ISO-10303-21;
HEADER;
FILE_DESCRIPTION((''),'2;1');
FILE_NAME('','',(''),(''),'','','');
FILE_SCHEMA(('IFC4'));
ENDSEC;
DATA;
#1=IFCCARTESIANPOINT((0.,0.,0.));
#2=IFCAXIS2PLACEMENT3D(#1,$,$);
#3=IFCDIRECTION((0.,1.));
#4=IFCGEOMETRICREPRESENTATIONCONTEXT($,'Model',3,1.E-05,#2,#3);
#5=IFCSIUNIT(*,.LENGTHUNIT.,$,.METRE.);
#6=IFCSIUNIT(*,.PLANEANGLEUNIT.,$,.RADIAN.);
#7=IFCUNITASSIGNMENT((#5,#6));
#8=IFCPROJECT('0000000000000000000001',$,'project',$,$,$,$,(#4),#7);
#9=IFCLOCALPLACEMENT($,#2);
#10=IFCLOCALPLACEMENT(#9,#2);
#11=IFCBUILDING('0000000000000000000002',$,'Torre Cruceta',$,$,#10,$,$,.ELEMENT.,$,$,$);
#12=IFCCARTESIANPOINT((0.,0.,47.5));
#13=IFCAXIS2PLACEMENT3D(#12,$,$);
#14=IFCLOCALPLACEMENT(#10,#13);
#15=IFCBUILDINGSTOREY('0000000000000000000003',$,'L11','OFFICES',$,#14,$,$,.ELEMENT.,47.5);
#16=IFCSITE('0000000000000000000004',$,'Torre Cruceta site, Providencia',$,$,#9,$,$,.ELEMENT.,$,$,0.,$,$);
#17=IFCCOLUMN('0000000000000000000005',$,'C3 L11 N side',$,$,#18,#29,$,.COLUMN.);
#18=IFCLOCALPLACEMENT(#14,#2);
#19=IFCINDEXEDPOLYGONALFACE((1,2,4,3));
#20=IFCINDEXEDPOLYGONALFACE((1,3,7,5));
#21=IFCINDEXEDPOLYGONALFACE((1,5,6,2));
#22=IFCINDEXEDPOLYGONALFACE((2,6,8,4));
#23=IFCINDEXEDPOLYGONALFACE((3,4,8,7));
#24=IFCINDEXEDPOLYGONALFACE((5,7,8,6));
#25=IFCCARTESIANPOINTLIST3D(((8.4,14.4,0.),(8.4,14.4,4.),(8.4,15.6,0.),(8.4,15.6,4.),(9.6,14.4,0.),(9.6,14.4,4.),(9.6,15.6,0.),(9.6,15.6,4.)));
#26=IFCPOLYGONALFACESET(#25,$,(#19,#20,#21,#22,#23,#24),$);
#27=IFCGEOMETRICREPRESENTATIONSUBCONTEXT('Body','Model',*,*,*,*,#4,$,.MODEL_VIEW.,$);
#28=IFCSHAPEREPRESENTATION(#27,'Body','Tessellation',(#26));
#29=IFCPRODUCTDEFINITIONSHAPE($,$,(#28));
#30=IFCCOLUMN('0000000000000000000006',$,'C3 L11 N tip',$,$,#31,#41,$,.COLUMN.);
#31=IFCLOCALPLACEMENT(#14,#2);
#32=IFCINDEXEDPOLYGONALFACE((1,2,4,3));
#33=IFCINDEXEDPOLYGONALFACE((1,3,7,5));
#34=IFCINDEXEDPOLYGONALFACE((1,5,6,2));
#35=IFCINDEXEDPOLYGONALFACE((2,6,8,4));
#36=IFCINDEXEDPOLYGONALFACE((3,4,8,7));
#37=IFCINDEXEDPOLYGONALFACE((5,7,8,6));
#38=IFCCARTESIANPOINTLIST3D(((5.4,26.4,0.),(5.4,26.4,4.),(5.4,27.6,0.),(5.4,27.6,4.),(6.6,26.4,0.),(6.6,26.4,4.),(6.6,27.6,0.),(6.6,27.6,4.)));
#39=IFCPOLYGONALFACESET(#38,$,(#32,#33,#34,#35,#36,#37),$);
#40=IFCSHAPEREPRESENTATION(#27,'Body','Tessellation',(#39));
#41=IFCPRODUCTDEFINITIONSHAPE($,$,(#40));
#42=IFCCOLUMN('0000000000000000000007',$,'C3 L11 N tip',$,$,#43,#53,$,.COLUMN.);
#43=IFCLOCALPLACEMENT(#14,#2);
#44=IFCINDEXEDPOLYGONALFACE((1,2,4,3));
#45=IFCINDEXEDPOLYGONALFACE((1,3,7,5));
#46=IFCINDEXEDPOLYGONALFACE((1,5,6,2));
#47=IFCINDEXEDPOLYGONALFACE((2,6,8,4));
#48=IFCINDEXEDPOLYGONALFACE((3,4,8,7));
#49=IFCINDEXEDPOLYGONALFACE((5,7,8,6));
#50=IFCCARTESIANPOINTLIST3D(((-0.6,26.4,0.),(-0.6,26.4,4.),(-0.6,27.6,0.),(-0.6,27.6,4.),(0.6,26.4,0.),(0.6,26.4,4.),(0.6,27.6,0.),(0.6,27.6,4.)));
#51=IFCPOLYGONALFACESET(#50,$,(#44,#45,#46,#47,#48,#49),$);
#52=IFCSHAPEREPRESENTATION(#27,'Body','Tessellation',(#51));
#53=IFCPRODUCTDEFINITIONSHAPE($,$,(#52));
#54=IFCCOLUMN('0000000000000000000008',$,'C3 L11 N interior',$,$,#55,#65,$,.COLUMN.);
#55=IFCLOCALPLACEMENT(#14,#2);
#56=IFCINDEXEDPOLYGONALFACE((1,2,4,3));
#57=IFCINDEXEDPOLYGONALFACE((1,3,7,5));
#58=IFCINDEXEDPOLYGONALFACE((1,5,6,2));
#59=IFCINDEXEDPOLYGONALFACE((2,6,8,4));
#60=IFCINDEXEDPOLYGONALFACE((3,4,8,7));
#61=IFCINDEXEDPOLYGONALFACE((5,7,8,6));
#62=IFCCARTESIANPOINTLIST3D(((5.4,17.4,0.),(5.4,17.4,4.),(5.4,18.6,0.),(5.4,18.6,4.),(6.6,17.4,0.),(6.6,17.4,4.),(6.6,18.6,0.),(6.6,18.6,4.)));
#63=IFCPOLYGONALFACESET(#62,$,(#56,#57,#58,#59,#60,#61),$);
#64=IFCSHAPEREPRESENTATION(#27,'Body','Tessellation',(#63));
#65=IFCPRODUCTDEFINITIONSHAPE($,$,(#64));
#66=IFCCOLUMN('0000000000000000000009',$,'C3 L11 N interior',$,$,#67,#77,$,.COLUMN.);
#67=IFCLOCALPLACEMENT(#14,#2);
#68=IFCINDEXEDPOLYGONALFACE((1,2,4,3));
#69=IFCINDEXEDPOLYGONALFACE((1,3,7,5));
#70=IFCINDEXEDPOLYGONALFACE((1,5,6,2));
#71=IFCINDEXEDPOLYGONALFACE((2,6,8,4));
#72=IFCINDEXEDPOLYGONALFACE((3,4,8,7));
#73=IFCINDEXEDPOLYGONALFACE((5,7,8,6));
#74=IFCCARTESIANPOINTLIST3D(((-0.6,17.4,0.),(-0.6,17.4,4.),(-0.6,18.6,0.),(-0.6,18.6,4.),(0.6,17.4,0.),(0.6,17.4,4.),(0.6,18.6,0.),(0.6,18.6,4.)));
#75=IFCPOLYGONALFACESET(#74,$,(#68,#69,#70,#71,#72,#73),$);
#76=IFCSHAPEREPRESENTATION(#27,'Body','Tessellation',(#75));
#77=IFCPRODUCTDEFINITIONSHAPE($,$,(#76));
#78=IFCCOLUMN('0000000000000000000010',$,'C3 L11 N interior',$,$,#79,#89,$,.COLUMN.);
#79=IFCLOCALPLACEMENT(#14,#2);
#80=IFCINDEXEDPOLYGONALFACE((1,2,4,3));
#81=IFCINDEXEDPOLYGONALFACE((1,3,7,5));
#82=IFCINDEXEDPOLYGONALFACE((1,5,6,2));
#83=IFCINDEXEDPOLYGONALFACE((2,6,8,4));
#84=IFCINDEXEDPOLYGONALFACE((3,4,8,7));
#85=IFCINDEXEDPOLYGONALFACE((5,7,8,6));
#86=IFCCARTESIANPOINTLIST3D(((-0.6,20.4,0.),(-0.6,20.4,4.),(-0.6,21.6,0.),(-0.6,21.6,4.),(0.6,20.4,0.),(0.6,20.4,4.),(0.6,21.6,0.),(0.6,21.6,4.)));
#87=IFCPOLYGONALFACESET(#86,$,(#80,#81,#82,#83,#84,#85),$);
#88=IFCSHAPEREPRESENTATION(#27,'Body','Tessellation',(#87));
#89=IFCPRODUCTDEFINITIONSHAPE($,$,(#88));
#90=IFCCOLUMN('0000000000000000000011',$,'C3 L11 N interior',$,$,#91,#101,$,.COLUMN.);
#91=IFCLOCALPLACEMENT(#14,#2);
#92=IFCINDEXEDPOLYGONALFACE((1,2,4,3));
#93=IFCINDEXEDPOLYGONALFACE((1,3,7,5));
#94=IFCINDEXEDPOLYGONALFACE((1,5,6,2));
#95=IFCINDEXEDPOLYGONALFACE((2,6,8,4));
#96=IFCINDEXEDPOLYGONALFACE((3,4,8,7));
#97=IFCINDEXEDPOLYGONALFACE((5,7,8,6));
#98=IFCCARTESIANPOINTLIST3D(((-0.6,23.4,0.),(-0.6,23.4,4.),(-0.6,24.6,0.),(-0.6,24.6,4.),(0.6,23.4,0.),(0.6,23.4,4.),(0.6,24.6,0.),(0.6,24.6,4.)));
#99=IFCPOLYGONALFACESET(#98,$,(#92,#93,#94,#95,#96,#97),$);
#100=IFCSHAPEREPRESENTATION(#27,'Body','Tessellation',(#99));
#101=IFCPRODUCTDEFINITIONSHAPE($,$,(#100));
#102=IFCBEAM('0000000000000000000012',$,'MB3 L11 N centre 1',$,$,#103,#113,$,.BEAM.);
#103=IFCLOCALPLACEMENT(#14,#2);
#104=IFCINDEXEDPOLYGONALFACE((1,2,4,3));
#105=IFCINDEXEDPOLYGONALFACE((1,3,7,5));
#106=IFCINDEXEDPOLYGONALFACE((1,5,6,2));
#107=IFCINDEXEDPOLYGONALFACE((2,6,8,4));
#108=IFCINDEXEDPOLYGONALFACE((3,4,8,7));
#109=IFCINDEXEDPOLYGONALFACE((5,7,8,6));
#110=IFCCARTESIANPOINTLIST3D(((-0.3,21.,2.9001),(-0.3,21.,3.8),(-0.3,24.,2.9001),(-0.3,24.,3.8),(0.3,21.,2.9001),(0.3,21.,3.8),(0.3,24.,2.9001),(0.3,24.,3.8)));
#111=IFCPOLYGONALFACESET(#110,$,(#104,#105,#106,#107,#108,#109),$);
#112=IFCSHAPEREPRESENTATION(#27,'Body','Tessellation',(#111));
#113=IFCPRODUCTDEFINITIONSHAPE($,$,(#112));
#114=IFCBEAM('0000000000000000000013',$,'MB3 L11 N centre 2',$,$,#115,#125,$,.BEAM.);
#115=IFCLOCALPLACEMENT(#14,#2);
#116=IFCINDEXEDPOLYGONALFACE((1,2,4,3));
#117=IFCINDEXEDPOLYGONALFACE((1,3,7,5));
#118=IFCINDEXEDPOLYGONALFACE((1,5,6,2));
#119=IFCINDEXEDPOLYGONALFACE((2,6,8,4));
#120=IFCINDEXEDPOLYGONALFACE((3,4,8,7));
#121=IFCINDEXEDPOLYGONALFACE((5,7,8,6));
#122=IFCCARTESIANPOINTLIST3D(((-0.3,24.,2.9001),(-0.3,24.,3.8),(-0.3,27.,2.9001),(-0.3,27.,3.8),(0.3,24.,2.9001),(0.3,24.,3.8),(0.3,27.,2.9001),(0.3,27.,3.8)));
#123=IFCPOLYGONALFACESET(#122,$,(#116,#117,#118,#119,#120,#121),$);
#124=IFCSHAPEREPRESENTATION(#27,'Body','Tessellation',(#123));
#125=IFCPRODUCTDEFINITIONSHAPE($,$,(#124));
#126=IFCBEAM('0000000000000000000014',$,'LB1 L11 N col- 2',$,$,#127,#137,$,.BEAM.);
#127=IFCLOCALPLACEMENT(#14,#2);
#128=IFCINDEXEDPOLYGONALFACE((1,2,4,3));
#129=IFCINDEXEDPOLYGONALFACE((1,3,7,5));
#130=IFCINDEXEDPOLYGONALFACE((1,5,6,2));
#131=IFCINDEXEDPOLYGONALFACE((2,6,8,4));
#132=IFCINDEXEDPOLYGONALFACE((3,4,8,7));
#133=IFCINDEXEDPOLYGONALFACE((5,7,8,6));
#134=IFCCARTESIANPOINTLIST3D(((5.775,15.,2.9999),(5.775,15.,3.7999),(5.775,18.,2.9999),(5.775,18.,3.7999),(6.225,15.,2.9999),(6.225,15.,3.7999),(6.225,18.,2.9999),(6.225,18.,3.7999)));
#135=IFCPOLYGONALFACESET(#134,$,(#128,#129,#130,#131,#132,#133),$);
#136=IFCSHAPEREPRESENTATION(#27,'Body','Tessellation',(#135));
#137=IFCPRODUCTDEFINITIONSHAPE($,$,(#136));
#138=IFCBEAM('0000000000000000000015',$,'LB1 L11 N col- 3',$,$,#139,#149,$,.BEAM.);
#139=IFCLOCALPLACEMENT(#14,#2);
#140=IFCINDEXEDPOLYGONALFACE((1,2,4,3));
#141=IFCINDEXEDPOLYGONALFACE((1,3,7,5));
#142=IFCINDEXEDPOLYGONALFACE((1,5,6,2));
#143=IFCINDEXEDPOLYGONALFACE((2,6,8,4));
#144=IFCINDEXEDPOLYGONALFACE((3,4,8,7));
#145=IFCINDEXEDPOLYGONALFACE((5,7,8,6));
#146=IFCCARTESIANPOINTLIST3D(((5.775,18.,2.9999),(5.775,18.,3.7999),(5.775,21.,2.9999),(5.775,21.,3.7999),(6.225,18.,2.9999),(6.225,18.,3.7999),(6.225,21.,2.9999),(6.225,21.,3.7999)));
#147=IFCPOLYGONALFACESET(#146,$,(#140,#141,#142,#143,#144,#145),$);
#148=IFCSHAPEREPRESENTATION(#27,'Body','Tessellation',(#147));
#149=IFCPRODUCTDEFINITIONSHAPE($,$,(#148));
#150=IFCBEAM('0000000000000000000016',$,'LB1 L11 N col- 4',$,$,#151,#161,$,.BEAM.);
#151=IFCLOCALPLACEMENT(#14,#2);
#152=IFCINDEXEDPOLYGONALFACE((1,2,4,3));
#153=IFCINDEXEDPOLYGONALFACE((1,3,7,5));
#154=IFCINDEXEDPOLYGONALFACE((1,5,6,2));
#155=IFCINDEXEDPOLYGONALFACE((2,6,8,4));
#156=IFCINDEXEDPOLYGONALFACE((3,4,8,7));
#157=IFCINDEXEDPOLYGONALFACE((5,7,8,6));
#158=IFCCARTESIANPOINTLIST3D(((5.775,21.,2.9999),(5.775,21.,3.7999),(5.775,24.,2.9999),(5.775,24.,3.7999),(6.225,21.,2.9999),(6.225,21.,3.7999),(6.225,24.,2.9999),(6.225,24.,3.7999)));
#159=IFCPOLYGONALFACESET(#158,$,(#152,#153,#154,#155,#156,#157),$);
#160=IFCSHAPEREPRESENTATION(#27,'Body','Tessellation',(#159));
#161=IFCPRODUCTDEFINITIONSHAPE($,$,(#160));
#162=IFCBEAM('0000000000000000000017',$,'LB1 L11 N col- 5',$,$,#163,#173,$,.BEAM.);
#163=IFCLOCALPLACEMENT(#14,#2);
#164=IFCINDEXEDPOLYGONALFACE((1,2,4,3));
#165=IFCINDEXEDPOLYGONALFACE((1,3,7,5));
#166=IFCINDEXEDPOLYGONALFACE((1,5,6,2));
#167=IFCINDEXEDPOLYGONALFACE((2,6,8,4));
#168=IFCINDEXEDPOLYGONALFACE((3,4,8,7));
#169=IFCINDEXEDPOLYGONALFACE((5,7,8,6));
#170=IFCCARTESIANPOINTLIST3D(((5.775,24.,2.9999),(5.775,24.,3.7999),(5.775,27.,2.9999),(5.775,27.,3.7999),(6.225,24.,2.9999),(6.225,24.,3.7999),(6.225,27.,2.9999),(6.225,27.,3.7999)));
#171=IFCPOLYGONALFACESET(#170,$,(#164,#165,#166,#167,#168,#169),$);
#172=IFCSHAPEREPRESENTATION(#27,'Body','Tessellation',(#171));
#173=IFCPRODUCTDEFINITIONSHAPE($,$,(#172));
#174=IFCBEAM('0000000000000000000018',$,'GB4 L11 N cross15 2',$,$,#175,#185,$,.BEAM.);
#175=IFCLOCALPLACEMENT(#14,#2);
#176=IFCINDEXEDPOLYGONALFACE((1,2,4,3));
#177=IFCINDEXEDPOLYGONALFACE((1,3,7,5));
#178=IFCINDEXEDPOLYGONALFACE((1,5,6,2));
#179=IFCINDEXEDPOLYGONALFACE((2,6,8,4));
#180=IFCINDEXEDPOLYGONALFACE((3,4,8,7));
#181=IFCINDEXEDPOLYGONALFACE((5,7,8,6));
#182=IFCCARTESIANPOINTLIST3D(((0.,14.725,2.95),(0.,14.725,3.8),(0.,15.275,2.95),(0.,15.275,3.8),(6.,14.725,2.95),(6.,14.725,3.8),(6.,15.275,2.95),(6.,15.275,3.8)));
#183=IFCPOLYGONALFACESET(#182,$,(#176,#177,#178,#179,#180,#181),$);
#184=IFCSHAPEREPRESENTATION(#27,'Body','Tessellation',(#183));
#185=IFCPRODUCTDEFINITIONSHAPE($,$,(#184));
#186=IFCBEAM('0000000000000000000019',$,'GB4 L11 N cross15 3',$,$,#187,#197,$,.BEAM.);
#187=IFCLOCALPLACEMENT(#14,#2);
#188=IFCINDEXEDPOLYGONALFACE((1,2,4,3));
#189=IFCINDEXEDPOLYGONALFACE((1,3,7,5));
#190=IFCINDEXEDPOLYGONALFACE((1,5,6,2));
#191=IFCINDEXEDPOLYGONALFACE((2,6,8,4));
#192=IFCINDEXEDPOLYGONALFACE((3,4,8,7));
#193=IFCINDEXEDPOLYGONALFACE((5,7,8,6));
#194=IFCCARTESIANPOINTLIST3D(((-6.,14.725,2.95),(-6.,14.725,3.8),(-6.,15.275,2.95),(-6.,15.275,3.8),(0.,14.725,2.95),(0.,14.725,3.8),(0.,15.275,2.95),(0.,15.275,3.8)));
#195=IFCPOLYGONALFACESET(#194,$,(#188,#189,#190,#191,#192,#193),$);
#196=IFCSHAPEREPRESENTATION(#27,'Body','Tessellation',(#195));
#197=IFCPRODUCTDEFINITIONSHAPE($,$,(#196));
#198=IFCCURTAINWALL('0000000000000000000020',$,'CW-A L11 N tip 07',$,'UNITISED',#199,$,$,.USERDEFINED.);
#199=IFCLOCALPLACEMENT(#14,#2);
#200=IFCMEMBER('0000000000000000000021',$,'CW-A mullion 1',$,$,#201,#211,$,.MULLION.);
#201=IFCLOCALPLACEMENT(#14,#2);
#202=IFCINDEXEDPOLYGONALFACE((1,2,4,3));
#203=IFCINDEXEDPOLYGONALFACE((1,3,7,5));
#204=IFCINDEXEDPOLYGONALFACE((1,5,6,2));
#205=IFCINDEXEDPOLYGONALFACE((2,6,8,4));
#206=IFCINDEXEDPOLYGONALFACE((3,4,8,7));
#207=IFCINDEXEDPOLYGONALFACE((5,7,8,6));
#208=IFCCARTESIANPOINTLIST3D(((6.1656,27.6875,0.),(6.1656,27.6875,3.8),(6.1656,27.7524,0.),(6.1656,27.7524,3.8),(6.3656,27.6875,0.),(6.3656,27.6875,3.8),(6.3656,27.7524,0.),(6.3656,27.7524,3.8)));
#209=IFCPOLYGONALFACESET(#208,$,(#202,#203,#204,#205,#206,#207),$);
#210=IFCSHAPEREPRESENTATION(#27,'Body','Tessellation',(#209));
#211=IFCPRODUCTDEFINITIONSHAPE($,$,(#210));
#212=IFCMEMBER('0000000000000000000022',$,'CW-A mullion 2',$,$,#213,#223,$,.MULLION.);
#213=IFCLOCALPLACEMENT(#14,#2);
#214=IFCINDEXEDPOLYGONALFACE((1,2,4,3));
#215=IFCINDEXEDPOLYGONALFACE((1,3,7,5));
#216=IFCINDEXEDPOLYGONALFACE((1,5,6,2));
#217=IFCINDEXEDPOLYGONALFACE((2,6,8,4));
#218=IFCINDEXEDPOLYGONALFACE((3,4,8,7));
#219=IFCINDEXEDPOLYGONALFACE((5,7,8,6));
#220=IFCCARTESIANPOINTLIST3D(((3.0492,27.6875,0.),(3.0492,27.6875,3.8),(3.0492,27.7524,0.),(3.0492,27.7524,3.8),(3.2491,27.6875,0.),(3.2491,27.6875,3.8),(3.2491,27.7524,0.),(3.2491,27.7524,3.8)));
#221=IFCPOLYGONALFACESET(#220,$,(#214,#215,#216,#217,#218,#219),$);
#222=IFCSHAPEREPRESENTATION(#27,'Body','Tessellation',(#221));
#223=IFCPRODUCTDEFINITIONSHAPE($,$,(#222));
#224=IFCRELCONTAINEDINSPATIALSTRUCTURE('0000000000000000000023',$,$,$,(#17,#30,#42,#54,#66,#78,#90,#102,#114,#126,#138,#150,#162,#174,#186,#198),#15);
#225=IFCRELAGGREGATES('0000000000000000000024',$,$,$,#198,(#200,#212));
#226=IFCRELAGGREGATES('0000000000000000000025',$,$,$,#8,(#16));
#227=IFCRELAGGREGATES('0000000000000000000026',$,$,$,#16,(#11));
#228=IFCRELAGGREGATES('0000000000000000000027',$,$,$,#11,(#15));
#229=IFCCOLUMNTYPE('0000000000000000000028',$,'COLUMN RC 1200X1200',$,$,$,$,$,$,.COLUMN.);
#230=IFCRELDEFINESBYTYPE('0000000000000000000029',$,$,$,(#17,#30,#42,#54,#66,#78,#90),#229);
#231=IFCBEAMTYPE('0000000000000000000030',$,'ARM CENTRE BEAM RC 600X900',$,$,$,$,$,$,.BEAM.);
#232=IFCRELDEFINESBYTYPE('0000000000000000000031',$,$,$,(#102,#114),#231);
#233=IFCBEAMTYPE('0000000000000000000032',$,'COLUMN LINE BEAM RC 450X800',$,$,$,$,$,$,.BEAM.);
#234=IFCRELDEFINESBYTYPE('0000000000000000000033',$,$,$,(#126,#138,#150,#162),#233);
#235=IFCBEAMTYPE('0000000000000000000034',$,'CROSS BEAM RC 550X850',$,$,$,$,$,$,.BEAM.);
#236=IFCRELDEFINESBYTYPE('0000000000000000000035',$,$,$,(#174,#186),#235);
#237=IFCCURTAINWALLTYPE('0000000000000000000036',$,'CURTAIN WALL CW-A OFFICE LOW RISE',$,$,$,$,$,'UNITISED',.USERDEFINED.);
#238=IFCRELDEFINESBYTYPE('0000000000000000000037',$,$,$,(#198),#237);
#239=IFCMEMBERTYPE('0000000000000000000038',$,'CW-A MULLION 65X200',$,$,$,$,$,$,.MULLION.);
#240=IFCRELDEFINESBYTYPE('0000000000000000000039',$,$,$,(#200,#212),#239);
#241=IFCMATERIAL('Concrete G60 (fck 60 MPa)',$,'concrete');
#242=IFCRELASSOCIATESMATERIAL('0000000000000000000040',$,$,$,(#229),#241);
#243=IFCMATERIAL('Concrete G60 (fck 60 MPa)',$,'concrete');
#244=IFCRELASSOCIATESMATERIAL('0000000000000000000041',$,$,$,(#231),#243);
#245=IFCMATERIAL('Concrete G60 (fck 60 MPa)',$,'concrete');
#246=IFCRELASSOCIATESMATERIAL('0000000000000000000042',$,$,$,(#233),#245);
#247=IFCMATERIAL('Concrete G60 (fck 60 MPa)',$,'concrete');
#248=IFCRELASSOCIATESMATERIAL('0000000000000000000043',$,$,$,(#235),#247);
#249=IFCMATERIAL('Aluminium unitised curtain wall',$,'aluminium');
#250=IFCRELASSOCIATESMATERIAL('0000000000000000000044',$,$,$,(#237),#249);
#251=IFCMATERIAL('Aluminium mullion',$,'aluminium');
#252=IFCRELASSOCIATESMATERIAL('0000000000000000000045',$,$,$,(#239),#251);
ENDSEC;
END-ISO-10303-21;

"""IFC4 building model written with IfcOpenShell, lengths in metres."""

from ifc_helpers import new_model, si_unit, direction, frame, origin, origin_2d, place, context, subcontext, project, spatial, rectangle, extrude, material, material_profile, profile_set, type_object, element, aggregate, save


model = new_model("IFC4")

# Units and contexts
model_context = context("Model", 3, precision=1e-05, world=origin(), true_north=direction((0.0, 1.0)))
body_context = subcontext(model_context, "Body", "Model", "MODEL_VIEW")
ifc_project = project(units=[si_unit("LENGTHUNIT", "METRE"), si_unit("PLANEANGLEUNIT", "RADIAN")], contexts=[model_context])

# Site, building, storey
site_placement = place(None, origin())
site = spatial("IfcSite", under=ifc_project, at=site_placement, Name="Torre Cruceta site, Providencia", CompositionType="ELEMENT", RefElevation=0.0)
building_placement = place(site_placement, origin())
building = spatial("IfcBuilding", under=site, at=building_placement, Name="Torre Cruceta", CompositionType="ELEMENT")
storey_placement = place(building_placement, frame((0.0, 0.0, 47.5)))
storey = spatial("IfcBuildingStorey", under=building, at=storey_placement, Name="L11", Description="OFFICES", CompositionType="ELEMENT", Elevation=47.5)

# Columns
ifc_material_1 = material(Name="Concrete G60 (fck 60 MPa)", Category="concrete")
ifc_material_profile_1 = material_profile(ifc_material_1, rectangle(XDim=1.2, YDim=1.2, at=origin_2d()), Name="RC 1200X1200")
ifc_profile_set_1 = profile_set([ifc_material_profile_1], Name="Concrete G60 (fck 60 MPa)")
column_type = type_object("IfcColumnType", Name="COLUMN RC 1200X1200", PredefinedType="COLUMN", material=ifc_profile_set_1)
for number, where, z_axis, x_axis, name in (
    (1, (9.0, 15.0, 0.0), (0.0, 0.0, 1.0), (1.0, 0.0, 0.0), "C3 L11 N side"),
    (2, (6.0, 27.0, 0.0), (0.0, 0.0, 1.0), (1.0, 0.0, 0.0), "C3 L11 N tip"),
    (3, (0.0, 27.0, 0.0), (0.0, 0.0, 1.0), (1.0, 0.0, 0.0), "C3 L11 N tip"),
    (4, (6.0, 18.0, 0.0), (0.0, 0.0, 1.0), (1.0, 0.0, 0.0), "C3 L11 N interior"),
    (5, (0.0, 18.0, 0.0), (0.0, 0.0, 1.0), (1.0, 0.0, 0.0), "C3 L11 N interior"),
    (6, (0.0, 21.0, 0.0), (0.0, 0.0, 1.0), (1.0, 0.0, 0.0), "C3 L11 N interior"),
    (7, (0.0, 24.0, 0.0), (0.0, 0.0, 1.0), (1.0, 0.0, 0.0), "C3 L11 N interior"),
):
    element("IfcColumn", number, at=place(storey_placement, frame(where, z_axis=z_axis, x_axis=x_axis)), inside=storey, type_object=column_type, Name=name, PredefinedType="COLUMN", context=body_context, shape_type="SweptSolid", body=[
        extrude(rectangle(XDim=1.2, YDim=1.2, at=origin_2d()), origin(), (0.0, 0.0, 1.0), 4.0),
    ])

# Beams
ifc_material_2 = material(Name="Concrete G60 (fck 60 MPa)", Category="concrete")
ifc_material_profile_2 = material_profile(ifc_material_2, rectangle(XDim=0.6001, YDim=0.8999, at=origin_2d()), Name="RC 600X900")
ifc_profile_set_2 = profile_set([ifc_material_profile_2], Name="Concrete G60 (fck 60 MPa)")
beam_type_1 = type_object("IfcBeamType", Name="ARM CENTRE BEAM RC 600X900", PredefinedType="BEAM", material=ifc_profile_set_2)
for number, where, z_axis, x_axis, name in (
    (8, (0.0, 21.0, 3.3501), (0.0, 1.0, 0.0), (-1.0, 0.0, 0.0), "MB3 L11 N centre 1"),
    (9, (0.0, 24.0, 3.3501), (0.0, 1.0, 0.0), (-1.0, 0.0, 0.0), "MB3 L11 N centre 2"),
):
    element("IfcBeam", number, at=place(storey_placement, frame(where, z_axis=z_axis, x_axis=x_axis)), inside=storey, type_object=beam_type_1, Name=name, PredefinedType="BEAM", context=body_context, shape_type="SweptSolid", body=[
        extrude(rectangle(XDim=0.6001, YDim=0.8999, at=origin_2d()), origin(), (0.0, 0.0, 1.0), 3.0),
    ])
ifc_material_3 = material(Name="Concrete G60 (fck 60 MPa)", Category="concrete")
ifc_material_profile_3 = material_profile(ifc_material_3, rectangle(XDim=0.45, YDim=0.8, at=origin_2d()), Name="RC 450X800")
ifc_profile_set_3 = profile_set([ifc_material_profile_3], Name="Concrete G60 (fck 60 MPa)")
beam_type_2 = type_object("IfcBeamType", Name="COLUMN LINE BEAM RC 450X800", PredefinedType="BEAM", material=ifc_profile_set_3)
for number, where, z_axis, x_axis, name in (
    (10, (6.0, 15.0, 3.3999), (0.0, 1.0, 0.0), (-1.0, 0.0, 0.0), "LB1 L11 N col- 2"),
    (11, (6.0, 18.0, 3.3999), (0.0, 1.0, 0.0), (-1.0, 0.0, 0.0), "LB1 L11 N col- 3"),
    (12, (6.0, 21.0, 3.3999), (0.0, 1.0, 0.0), (-1.0, 0.0, 0.0), "LB1 L11 N col- 4"),
    (13, (6.0, 24.0, 3.3999), (0.0, 1.0, 0.0), (-1.0, 0.0, 0.0), "LB1 L11 N col- 5"),
):
    element("IfcBeam", number, at=place(storey_placement, frame(where, z_axis=z_axis, x_axis=x_axis)), inside=storey, type_object=beam_type_2, Name=name, PredefinedType="BEAM", context=body_context, shape_type="SweptSolid", body=[
        extrude(rectangle(XDim=0.45, YDim=0.8, at=origin_2d()), origin(), (0.0, 0.0, 1.0), 3.0),
    ])
ifc_material_4 = material(Name="Concrete G60 (fck 60 MPa)", Category="concrete")
ifc_material_profile_4 = material_profile(ifc_material_4, rectangle(XDim=0.55, YDim=0.8501, at=origin_2d()), Name="RC 550X850")
ifc_profile_set_4 = profile_set([ifc_material_profile_4], Name="Concrete G60 (fck 60 MPa)")
beam_type_3 = type_object("IfcBeamType", Name="CROSS BEAM RC 550X850", PredefinedType="BEAM", material=ifc_profile_set_4)
for number, where, z_axis, x_axis, name in (
    (14, (6.0, 15.0, 3.375), (-1.0, 0.0, 0.0), (0.0, -1.0, 0.0), "GB4 L11 N cross15 2"),
    (15, (0.0, 15.0, 3.375), (-1.0, 0.0, 0.0), (0.0, -1.0, 0.0), "GB4 L11 N cross15 3"),
):
    element("IfcBeam", number, at=place(storey_placement, frame(where, z_axis=z_axis, x_axis=x_axis)), inside=storey, type_object=beam_type_3, Name=name, PredefinedType="BEAM", context=body_context, shape_type="SweptSolid", body=[
        extrude(rectangle(XDim=0.55, YDim=0.8501, at=origin_2d()), origin(), (0.0, 0.0, 1.0), 6.0),
    ])

# Curtain wall, members
ifc_material_5 = material(Name="Aluminium unitised curtain wall", Category="aluminium")
curtain_wall_type = type_object("IfcCurtainWallType", Name="CURTAIN WALL CW-A OFFICE LOW RISE", ElementType="UNITISED", PredefinedType="USERDEFINED", material=ifc_material_5)
curtain_wall_placement = place(storey_placement, origin())
curtain_wall = element("IfcCurtainWall", 16, at=curtain_wall_placement, inside=storey, type_object=curtain_wall_type, Name="CW-A L11 N tip 07", ObjectType="UNITISED", PredefinedType="USERDEFINED")
ifc_material_6 = material(Name="Aluminium mullion", Category="aluminium")
ifc_material_profile_5 = material_profile(ifc_material_6, rectangle(XDim=0.0649, YDim=0.2, at=origin_2d()), Name="AL 65X200")
ifc_profile_set_5 = profile_set([ifc_material_profile_5], Name="Aluminium mullion")
member_type_1 = type_object("IfcMemberType", Name="CW-A MULLION 65X200", PredefinedType="MULLION", material=ifc_profile_set_5)
member_1_placement = place(storey_placement, frame((6.2656, 27.72, 0.0), z_axis=(0.0, 0.0, 1.0), x_axis=(0.0, -1.0, 0.0)))
member_1 = element("IfcMember", 17, at=member_1_placement, type_object=member_type_1, Name="CW-A mullion 1", PredefinedType="MULLION", context=body_context, shape_type="SweptSolid", body=[
    extrude(rectangle(XDim=0.0649, YDim=0.2, at=origin_2d()), origin(), (0.0, 0.0, 1.0), 3.8),
])
member_2_placement = place(storey_placement, frame((3.1492, 27.72, 0.0), z_axis=(0.0, 0.0, 1.0), x_axis=(0.0, -1.0, 0.0)))
member_2 = element("IfcMember", 18, at=member_2_placement, type_object=member_type_1, Name="CW-A mullion 2", PredefinedType="MULLION", context=body_context, shape_type="SweptSolid", body=[
    extrude(rectangle(XDim=0.0649, YDim=0.2, at=origin_2d()), origin(), (0.0, 0.0, 1.0), 3.8),
])

aggregate(curtain_wall, [member_1, member_2])

save(model, "model.ifc")
